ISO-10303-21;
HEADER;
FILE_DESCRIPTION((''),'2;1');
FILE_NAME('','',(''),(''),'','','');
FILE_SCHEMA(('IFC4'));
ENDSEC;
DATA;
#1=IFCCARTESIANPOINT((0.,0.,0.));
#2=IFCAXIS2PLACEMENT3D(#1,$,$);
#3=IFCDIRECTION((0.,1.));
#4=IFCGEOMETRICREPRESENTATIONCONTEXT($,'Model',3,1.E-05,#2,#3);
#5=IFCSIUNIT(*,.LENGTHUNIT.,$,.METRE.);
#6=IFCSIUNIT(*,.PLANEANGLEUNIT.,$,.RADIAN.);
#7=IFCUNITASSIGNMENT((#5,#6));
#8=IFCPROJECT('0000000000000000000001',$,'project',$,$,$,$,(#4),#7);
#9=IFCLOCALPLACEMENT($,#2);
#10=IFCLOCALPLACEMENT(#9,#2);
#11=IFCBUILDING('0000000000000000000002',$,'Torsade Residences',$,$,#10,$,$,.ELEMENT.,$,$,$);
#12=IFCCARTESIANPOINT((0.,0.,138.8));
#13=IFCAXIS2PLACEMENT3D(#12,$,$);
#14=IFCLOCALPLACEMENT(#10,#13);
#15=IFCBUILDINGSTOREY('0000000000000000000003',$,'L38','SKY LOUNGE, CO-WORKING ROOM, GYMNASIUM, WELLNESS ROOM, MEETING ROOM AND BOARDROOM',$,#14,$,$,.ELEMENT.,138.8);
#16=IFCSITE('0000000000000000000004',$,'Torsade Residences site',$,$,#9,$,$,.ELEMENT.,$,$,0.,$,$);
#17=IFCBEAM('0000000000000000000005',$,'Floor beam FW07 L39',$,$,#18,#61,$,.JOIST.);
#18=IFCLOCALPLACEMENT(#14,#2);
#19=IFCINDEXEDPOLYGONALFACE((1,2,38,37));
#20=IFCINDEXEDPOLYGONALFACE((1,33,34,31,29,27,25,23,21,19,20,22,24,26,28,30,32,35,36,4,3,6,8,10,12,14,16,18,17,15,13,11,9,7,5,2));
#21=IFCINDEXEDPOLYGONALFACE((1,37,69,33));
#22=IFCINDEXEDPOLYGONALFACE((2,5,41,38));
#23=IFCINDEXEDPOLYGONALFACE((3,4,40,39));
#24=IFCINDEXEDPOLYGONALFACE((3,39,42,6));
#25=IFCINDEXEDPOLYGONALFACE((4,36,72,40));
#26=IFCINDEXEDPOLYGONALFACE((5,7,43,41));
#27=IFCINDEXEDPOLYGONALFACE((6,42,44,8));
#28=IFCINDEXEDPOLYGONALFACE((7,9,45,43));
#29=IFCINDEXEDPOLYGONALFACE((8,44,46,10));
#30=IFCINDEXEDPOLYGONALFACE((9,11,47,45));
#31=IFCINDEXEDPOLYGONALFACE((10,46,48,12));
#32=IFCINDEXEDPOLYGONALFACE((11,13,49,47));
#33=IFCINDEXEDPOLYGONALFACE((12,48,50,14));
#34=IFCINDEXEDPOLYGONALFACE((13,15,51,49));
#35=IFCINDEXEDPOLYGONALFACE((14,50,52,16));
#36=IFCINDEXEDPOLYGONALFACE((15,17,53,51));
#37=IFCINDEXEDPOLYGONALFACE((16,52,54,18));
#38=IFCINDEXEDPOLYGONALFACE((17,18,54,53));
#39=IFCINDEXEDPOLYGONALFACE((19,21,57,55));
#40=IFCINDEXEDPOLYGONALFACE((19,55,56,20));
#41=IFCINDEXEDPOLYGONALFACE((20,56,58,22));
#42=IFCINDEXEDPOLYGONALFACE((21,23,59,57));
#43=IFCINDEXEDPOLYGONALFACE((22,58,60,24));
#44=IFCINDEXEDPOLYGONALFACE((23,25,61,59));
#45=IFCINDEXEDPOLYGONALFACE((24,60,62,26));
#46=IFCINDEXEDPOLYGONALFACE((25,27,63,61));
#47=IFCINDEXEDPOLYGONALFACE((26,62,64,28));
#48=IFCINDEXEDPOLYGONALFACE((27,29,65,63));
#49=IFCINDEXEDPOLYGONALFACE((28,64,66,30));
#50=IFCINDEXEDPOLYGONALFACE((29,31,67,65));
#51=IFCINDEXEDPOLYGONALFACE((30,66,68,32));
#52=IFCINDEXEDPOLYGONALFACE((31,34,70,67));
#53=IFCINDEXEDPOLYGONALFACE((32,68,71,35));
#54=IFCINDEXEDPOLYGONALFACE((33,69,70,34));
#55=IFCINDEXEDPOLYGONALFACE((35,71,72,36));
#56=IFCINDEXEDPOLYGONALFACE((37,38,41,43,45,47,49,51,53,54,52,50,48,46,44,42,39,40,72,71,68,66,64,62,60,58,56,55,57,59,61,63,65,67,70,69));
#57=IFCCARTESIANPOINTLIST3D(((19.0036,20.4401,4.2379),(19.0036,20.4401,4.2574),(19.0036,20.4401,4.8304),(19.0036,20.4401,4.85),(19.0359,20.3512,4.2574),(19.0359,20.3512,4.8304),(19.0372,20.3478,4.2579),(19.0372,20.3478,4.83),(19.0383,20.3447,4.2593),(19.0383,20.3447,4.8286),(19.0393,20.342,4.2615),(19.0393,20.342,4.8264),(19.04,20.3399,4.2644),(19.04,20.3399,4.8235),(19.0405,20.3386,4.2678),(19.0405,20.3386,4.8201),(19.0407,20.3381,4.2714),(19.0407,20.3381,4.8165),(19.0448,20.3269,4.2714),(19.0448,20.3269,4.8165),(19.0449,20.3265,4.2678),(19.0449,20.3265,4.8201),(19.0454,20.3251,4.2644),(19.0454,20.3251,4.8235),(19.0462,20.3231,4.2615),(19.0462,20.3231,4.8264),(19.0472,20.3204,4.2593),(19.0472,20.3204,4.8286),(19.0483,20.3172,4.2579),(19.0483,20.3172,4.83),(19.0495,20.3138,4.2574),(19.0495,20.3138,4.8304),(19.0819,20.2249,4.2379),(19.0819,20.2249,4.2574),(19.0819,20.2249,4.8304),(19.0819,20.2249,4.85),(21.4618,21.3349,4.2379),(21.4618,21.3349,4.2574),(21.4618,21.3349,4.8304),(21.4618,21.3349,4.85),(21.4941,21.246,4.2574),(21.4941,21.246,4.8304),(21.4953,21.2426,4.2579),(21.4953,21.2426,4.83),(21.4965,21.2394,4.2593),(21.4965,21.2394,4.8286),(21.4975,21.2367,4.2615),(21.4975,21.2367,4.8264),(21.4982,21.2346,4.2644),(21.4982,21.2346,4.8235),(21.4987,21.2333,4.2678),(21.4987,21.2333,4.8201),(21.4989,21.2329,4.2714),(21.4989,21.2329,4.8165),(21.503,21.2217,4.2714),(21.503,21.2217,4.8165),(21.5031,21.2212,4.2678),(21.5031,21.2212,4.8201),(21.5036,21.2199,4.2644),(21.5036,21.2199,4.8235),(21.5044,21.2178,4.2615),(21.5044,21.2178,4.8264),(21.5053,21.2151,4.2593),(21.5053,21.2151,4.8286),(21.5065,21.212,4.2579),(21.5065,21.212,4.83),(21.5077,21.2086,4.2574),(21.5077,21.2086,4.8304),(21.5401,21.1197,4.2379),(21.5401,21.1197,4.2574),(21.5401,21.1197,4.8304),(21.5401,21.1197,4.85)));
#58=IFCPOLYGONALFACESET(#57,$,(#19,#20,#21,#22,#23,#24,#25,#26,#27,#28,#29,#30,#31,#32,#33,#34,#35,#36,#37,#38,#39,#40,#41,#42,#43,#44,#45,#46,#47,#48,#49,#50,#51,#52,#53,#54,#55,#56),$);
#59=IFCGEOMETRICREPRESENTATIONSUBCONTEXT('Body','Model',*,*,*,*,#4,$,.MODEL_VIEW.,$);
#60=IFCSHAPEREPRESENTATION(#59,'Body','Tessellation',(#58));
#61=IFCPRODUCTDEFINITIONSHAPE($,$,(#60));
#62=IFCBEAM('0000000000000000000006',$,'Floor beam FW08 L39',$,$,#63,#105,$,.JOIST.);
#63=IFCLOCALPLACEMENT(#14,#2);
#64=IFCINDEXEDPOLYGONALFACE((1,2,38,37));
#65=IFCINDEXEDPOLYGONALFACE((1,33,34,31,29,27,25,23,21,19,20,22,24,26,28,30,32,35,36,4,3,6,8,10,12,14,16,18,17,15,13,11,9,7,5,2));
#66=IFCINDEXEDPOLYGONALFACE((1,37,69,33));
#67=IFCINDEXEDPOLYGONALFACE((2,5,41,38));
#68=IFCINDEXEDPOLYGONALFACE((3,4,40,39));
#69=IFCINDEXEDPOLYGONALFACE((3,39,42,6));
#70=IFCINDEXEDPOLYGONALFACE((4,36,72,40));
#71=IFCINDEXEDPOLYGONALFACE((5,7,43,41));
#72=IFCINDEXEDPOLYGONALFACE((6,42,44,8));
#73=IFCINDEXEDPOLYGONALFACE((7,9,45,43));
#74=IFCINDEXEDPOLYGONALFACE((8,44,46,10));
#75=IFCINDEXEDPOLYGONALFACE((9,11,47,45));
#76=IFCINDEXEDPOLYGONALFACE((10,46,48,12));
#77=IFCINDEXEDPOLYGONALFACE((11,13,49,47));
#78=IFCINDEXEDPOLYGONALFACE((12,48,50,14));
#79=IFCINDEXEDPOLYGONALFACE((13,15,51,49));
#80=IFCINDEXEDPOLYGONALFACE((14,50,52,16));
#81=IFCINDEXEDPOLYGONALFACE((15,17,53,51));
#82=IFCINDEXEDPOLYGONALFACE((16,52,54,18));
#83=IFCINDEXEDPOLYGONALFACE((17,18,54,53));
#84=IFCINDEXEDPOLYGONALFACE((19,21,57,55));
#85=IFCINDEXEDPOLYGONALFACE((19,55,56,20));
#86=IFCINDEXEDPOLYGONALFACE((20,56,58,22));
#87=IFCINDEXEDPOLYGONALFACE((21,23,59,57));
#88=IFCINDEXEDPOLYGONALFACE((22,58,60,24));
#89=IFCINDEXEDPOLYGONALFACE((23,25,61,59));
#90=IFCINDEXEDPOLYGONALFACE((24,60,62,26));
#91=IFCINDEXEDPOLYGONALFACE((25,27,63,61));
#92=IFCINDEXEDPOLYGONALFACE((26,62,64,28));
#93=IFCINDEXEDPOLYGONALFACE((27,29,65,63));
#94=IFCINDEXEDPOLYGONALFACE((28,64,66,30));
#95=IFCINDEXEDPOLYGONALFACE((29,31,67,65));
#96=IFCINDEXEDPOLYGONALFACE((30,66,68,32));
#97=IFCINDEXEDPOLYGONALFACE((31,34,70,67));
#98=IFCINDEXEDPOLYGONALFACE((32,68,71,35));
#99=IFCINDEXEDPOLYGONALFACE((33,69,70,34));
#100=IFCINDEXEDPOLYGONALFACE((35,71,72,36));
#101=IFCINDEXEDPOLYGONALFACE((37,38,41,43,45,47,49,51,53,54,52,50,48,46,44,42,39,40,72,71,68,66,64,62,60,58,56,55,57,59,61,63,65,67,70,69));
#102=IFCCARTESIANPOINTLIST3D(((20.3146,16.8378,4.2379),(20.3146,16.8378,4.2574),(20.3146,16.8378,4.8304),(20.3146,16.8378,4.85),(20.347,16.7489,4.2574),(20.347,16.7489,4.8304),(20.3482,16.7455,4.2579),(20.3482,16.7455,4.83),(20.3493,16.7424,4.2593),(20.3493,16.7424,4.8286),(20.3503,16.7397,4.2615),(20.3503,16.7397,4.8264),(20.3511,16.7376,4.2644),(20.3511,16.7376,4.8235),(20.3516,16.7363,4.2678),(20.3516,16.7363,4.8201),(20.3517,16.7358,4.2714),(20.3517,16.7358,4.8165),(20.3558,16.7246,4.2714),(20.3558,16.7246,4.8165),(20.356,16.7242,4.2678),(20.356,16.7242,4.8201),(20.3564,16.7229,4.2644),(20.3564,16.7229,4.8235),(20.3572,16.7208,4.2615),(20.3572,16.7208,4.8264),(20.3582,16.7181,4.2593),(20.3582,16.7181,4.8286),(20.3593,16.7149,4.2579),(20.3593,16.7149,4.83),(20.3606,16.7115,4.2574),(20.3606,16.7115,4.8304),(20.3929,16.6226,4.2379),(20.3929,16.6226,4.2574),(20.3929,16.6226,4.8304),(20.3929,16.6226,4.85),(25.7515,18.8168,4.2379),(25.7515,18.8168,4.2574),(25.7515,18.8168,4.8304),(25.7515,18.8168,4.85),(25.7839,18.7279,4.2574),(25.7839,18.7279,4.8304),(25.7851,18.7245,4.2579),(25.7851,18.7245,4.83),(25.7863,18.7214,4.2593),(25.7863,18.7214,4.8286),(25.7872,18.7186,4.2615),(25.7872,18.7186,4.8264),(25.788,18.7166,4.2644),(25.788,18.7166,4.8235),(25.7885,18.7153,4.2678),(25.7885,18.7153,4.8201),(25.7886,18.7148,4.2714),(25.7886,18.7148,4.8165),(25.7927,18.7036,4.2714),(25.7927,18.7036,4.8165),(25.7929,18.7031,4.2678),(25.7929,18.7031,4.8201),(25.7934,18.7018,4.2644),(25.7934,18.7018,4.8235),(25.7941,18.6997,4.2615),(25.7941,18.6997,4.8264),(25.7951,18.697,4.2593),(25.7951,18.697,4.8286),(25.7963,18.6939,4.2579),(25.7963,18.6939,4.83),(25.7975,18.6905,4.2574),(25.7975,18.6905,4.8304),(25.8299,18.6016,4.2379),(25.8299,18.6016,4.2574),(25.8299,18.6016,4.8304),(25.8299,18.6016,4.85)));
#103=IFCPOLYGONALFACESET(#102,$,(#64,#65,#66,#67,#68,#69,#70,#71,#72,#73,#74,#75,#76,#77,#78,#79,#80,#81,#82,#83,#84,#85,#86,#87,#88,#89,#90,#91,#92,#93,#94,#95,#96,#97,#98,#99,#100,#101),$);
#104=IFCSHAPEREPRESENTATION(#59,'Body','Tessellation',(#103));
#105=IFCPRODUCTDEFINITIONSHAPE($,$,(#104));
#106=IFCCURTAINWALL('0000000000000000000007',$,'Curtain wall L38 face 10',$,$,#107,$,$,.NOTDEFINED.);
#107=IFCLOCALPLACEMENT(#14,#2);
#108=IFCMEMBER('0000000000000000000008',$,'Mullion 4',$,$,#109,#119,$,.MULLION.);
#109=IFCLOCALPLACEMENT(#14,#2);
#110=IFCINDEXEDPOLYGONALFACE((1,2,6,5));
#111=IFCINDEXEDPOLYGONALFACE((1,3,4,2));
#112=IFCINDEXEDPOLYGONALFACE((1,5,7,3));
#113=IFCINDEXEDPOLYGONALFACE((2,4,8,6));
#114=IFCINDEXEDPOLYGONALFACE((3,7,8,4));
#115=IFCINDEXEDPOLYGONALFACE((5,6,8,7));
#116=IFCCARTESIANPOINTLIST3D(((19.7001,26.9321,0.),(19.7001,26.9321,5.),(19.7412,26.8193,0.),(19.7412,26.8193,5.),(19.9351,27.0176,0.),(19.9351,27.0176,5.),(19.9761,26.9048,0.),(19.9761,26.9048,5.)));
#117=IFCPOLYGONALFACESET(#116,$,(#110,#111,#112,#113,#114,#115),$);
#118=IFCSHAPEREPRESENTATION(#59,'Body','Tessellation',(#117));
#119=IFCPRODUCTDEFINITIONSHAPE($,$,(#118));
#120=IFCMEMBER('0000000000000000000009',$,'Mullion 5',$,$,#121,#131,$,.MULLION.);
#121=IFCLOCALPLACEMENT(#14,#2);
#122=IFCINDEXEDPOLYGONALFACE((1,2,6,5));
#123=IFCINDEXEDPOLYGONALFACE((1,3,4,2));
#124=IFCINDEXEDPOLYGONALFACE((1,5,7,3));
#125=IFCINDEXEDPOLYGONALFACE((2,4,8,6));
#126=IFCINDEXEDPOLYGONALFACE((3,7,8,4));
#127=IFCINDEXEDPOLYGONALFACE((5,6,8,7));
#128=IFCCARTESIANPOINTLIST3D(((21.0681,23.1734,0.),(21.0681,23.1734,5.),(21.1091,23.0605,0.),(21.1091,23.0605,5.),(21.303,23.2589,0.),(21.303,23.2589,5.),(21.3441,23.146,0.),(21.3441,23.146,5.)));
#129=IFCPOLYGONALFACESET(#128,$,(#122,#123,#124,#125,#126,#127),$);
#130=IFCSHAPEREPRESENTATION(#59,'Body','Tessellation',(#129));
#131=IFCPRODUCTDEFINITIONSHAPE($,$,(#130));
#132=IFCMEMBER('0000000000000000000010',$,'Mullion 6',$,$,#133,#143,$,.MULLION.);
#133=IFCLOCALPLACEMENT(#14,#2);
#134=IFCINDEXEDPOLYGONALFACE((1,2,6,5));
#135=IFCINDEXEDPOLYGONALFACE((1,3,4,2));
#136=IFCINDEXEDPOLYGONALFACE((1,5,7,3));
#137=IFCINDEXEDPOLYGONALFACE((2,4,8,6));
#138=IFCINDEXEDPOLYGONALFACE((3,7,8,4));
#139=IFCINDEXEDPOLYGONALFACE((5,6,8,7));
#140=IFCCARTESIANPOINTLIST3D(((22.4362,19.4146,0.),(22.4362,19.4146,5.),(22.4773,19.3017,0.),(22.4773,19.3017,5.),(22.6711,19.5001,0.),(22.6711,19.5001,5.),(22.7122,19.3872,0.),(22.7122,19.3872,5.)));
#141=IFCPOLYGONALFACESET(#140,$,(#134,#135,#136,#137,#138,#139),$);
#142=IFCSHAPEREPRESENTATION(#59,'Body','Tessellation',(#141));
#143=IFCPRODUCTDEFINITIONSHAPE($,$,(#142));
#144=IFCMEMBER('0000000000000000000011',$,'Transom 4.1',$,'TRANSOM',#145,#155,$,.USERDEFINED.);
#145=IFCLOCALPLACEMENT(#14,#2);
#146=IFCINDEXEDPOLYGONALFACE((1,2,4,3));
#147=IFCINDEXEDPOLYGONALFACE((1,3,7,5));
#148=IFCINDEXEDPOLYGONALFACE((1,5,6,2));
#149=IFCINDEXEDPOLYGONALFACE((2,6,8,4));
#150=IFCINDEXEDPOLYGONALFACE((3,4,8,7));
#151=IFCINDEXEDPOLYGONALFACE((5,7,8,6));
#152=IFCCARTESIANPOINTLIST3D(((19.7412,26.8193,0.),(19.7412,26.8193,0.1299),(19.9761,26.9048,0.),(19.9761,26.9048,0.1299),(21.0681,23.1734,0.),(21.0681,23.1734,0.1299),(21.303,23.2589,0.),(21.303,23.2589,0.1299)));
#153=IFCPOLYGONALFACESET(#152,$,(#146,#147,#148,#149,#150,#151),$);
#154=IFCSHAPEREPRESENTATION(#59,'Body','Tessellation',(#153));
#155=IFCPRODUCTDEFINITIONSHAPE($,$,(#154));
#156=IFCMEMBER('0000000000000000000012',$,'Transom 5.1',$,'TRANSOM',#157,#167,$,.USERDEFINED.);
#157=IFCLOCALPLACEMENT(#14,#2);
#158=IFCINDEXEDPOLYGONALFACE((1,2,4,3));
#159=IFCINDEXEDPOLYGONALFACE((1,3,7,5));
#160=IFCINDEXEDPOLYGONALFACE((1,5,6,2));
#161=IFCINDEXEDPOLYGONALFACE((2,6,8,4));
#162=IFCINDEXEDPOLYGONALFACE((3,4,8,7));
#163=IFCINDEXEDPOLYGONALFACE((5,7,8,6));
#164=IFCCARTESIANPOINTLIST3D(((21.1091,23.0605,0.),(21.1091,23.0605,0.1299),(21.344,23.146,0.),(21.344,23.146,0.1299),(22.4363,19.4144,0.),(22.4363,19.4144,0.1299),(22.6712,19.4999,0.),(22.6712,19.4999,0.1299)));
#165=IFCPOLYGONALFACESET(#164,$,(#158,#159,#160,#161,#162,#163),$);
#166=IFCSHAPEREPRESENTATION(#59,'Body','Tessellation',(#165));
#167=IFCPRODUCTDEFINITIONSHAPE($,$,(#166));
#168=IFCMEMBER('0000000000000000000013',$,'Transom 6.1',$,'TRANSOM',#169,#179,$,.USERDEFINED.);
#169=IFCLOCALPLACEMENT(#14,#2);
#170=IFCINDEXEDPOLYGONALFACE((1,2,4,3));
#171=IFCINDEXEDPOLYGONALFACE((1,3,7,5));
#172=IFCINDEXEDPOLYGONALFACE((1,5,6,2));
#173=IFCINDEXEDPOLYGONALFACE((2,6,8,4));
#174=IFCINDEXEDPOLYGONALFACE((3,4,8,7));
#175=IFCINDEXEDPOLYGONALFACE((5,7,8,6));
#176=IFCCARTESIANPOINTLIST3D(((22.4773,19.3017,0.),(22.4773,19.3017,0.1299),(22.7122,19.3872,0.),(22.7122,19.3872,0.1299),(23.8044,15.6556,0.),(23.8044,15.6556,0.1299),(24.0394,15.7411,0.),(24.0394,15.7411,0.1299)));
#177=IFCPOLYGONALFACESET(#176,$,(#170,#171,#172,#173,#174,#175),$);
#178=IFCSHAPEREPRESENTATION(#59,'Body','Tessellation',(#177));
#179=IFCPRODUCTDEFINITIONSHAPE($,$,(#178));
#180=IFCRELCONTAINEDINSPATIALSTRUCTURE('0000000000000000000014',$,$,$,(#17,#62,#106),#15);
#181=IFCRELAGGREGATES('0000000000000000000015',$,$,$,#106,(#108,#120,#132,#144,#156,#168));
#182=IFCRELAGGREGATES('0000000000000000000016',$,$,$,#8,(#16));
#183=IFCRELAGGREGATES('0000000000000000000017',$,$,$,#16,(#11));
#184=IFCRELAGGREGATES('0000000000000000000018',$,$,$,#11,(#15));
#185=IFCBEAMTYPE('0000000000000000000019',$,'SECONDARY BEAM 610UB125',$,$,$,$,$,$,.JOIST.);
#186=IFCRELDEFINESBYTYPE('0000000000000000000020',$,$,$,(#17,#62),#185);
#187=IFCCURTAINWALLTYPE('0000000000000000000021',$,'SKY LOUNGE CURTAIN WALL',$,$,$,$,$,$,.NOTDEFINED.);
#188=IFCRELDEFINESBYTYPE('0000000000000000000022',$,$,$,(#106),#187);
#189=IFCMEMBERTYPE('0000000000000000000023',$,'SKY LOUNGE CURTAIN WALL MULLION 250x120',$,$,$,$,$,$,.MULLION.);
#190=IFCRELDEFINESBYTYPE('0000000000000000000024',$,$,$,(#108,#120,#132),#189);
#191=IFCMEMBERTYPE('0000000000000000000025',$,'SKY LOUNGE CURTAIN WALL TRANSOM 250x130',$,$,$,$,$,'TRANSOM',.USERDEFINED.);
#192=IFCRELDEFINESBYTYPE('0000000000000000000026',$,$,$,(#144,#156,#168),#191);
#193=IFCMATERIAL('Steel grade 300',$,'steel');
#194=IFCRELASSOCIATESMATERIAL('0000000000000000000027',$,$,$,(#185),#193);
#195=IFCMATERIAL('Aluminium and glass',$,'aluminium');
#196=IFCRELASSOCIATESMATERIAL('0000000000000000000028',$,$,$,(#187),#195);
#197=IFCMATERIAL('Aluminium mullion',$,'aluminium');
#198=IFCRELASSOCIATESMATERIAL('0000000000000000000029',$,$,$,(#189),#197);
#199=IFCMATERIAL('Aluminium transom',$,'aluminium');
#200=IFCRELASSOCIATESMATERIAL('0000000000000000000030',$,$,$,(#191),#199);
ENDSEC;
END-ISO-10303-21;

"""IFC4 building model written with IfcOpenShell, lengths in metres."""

from ifc_helpers import new_model, si_unit, direction, frame, origin, origin_2d, place, context, subcontext, project, spatial, rectangle, i_section, extrude, material, material_profile, profile_set, type_object, element, aggregate, save


model = new_model("IFC4")

# Units and contexts
model_context = context("Model", 3, precision=1e-05, world=origin(), true_north=direction((0.0, 1.0)))
body_context = subcontext(model_context, "Body", "Model", "MODEL_VIEW")
ifc_project = project(units=[si_unit("LENGTHUNIT", "METRE"), si_unit("PLANEANGLEUNIT", "RADIAN")], contexts=[model_context])

# Site, building, storey
site_placement = place(None, origin())
site = spatial("IfcSite", under=ifc_project, at=site_placement, Name="Torsade Residences site", CompositionType="ELEMENT", RefElevation=0.0)
building_placement = place(site_placement, origin())
building = spatial("IfcBuilding", under=site, at=building_placement, Name="Torsade Residences", CompositionType="ELEMENT")
storey_placement = place(building_placement, frame((0.0, 0.0, 138.8)))
storey = spatial("IfcBuildingStorey", under=building, at=storey_placement, Name="L38", Description="SKY LOUNGE, CO-WORKING ROOM, GYMNASIUM, WELLNESS ROOM, MEETING ROOM AND BOARDROOM", CompositionType="ELEMENT", Elevation=138.8)

# Beams
ifc_material_1 = material(Name="Steel grade 300", Category="steel")
ifc_material_profile_1 = material_profile(ifc_material_1, i_section(OverallWidth=0.229, OverallDepth=0.6121, WebThickness=0.012, FlangeThickness=0.0195, FilletRadius=0.0139, at=origin_2d()), Name="610UB125")
ifc_profile_set_1 = profile_set([ifc_material_profile_1], Name="Steel grade 300")
beam_type_1 = type_object("IfcBeamType", Name="SECONDARY BEAM 610UB125", PredefinedType="JOIST", material=ifc_profile_set_1)
beam_1_placement = place(storey_placement, frame((19.0427, 20.3325, 4.5439), z_axis=(0.939687, 0.342035, 0.0), x_axis=(-0.342035, 0.939687, 0.0)))
element("IfcBeam", 1, at=beam_1_placement, inside=storey, type_object=beam_type_1, Name="Floor beam FW07 L39", PredefinedType="JOIST", context=body_context, shape_type="SweptSolid", body=[
    extrude(i_section(OverallWidth=0.229, OverallDepth=0.6121, WebThickness=0.012, FlangeThickness=0.0195, FilletRadius=0.0139, at=origin_2d()), origin(), (0.0, 0.0, 1.0), 2.616),
])
beam_2_placement = place(storey_placement, frame((20.3538, 16.7302, 4.5439), z_axis=(0.939687, 0.342034, 0.0), x_axis=(-0.342034, 0.939687, 0.0)))
element("IfcBeam", 2, at=beam_2_placement, inside=storey, type_object=beam_type_1, Name="Floor beam FW08 L39", PredefinedType="JOIST", context=body_context, shape_type="SweptSolid", body=[
    extrude(i_section(OverallWidth=0.229, OverallDepth=0.6121, WebThickness=0.012, FlangeThickness=0.0195, FilletRadius=0.0139, at=origin_2d()), origin(), (0.0, 0.0, 1.0), 5.7859),
])

# Curtain wall, members
ifc_material_2 = material(Name="Aluminium and glass", Category="aluminium")
curtain_wall_type = type_object("IfcCurtainWallType", Name="SKY LOUNGE CURTAIN WALL", PredefinedType="NOTDEFINED", material=ifc_material_2)
curtain_wall_placement = place(storey_placement, origin())
curtain_wall = element("IfcCurtainWall", 3, at=curtain_wall_placement, inside=storey, type_object=curtain_wall_type, Name="Curtain wall L38 face 10", PredefinedType="NOTDEFINED")
ifc_material_3 = material(Name="Aluminium mullion", Category="aluminium")
ifc_material_profile_2 = material_profile(ifc_material_3, rectangle(XDim=0.25, YDim=0.1201, at=origin_2d()), Name="SKY LOUNGE CURTAIN WALL MULLION 250x120")
ifc_profile_set_2 = profile_set([ifc_material_profile_2], Name="Aluminium mullion")
member_type_1 = type_object("IfcMemberType", Name="SKY LOUNGE CURTAIN WALL MULLION 250x120", PredefinedType="MULLION", material=ifc_profile_set_2)
member_1_placement = place(storey_placement, frame((19.8381, 26.9185, 0.0), z_axis=(0.0, 0.0, 1.0), x_axis=(0.939693, 0.34202, 0.0)))
member_1 = element("IfcMember", 4, at=member_1_placement, type_object=member_type_1, Name="Mullion 4", PredefinedType="MULLION", context=body_context, shape_type="SweptSolid", body=[
    extrude(rectangle(XDim=0.25, YDim=0.1201, at=origin_2d()), origin(), (0.0, 0.0, 1.0), 5.0),
])
member_2_placement = place(storey_placement, frame((21.2061, 23.1597, 0.0), z_axis=(0.0, 0.0, 1.0), x_axis=(0.939693, 0.34202, 0.0)))
member_2 = element("IfcMember", 5, at=member_2_placement, type_object=member_type_1, Name="Mullion 5", PredefinedType="MULLION", context=body_context, shape_type="SweptSolid", body=[
    extrude(rectangle(XDim=0.25, YDim=0.1201, at=origin_2d()), origin(), (0.0, 0.0, 1.0), 5.0),
])
member_3_placement = place(storey_placement, frame((22.5742, 19.4009, 0.0), z_axis=(0.0, 0.0, 1.0), x_axis=(0.939693, 0.34202, 0.0)))
member_3 = element("IfcMember", 6, at=member_3_placement, type_object=member_type_1, Name="Mullion 6", PredefinedType="MULLION", context=body_context, shape_type="SweptSolid", body=[
    extrude(rectangle(XDim=0.25, YDim=0.1201, at=origin_2d()), origin(), (0.0, 0.0, 1.0), 5.0),
])
ifc_material_4 = material(Name="Aluminium transom", Category="aluminium")
ifc_material_profile_3 = material_profile(ifc_material_4, rectangle(XDim=0.25, YDim=0.1299, at=origin_2d()), Name="SKY LOUNGE CURTAIN WALL TRANSOM 250x130")
ifc_profile_set_3 = profile_set([ifc_material_profile_3], Name="Aluminium transom")
member_type_2 = type_object("IfcMemberType", Name="SKY LOUNGE CURTAIN WALL TRANSOM 250x130", ElementType="TRANSOM", PredefinedType="USERDEFINED", material=ifc_profile_set_3)
member_4_placement = place(storey_placement, frame((19.8586, 26.8621, 0.0649), z_axis=(0.341991, -0.939703, 0.0), x_axis=(0.939703, 0.341991, 0.0)))
member_4 = element("IfcMember", 7, at=member_4_placement, type_object=member_type_2, Name="Transom 4.1", ObjectType="TRANSOM", PredefinedType="USERDEFINED", context=body_context, shape_type="SweptSolid", body=[
    extrude(rectangle(XDim=0.25, YDim=0.1299, at=origin_2d()), origin(), (0.0, 0.0, 1.0), 3.8799),
])
member_5_placement = place(storey_placement, frame((21.2266, 23.1033, 0.0649), z_axis=(0.342046, -0.939683, 0.0), x_axis=(0.939683, 0.342046, 0.0)))
member_5 = element("IfcMember", 8, at=member_5_placement, type_object=member_type_2, Name="Transom 5.1", ObjectType="TRANSOM", PredefinedType="USERDEFINED", context=body_context, shape_type="SweptSolid", body=[
    extrude(rectangle(XDim=0.25, YDim=0.1299, at=origin_2d()), origin(), (0.0, 0.0, 1.0), 3.8801),
])
member_6_placement = place(storey_placement, frame((22.5947, 19.3445, 0.0649), z_axis=(0.342046, -0.939683, 0.0), x_axis=(0.939683, 0.342046, 0.0)))
member_6 = element("IfcMember", 9, at=member_6_placement, type_object=member_type_2, Name="Transom 6.1", ObjectType="TRANSOM", PredefinedType="USERDEFINED", context=body_context, shape_type="SweptSolid", body=[
    extrude(rectangle(XDim=0.25, YDim=0.1299, at=origin_2d()), origin(), (0.0, 0.0, 1.0), 3.8801),
])

aggregate(curtain_wall, [member_1, member_2, member_3, member_4, member_5, member_6])

save(model, "model.ifc")
